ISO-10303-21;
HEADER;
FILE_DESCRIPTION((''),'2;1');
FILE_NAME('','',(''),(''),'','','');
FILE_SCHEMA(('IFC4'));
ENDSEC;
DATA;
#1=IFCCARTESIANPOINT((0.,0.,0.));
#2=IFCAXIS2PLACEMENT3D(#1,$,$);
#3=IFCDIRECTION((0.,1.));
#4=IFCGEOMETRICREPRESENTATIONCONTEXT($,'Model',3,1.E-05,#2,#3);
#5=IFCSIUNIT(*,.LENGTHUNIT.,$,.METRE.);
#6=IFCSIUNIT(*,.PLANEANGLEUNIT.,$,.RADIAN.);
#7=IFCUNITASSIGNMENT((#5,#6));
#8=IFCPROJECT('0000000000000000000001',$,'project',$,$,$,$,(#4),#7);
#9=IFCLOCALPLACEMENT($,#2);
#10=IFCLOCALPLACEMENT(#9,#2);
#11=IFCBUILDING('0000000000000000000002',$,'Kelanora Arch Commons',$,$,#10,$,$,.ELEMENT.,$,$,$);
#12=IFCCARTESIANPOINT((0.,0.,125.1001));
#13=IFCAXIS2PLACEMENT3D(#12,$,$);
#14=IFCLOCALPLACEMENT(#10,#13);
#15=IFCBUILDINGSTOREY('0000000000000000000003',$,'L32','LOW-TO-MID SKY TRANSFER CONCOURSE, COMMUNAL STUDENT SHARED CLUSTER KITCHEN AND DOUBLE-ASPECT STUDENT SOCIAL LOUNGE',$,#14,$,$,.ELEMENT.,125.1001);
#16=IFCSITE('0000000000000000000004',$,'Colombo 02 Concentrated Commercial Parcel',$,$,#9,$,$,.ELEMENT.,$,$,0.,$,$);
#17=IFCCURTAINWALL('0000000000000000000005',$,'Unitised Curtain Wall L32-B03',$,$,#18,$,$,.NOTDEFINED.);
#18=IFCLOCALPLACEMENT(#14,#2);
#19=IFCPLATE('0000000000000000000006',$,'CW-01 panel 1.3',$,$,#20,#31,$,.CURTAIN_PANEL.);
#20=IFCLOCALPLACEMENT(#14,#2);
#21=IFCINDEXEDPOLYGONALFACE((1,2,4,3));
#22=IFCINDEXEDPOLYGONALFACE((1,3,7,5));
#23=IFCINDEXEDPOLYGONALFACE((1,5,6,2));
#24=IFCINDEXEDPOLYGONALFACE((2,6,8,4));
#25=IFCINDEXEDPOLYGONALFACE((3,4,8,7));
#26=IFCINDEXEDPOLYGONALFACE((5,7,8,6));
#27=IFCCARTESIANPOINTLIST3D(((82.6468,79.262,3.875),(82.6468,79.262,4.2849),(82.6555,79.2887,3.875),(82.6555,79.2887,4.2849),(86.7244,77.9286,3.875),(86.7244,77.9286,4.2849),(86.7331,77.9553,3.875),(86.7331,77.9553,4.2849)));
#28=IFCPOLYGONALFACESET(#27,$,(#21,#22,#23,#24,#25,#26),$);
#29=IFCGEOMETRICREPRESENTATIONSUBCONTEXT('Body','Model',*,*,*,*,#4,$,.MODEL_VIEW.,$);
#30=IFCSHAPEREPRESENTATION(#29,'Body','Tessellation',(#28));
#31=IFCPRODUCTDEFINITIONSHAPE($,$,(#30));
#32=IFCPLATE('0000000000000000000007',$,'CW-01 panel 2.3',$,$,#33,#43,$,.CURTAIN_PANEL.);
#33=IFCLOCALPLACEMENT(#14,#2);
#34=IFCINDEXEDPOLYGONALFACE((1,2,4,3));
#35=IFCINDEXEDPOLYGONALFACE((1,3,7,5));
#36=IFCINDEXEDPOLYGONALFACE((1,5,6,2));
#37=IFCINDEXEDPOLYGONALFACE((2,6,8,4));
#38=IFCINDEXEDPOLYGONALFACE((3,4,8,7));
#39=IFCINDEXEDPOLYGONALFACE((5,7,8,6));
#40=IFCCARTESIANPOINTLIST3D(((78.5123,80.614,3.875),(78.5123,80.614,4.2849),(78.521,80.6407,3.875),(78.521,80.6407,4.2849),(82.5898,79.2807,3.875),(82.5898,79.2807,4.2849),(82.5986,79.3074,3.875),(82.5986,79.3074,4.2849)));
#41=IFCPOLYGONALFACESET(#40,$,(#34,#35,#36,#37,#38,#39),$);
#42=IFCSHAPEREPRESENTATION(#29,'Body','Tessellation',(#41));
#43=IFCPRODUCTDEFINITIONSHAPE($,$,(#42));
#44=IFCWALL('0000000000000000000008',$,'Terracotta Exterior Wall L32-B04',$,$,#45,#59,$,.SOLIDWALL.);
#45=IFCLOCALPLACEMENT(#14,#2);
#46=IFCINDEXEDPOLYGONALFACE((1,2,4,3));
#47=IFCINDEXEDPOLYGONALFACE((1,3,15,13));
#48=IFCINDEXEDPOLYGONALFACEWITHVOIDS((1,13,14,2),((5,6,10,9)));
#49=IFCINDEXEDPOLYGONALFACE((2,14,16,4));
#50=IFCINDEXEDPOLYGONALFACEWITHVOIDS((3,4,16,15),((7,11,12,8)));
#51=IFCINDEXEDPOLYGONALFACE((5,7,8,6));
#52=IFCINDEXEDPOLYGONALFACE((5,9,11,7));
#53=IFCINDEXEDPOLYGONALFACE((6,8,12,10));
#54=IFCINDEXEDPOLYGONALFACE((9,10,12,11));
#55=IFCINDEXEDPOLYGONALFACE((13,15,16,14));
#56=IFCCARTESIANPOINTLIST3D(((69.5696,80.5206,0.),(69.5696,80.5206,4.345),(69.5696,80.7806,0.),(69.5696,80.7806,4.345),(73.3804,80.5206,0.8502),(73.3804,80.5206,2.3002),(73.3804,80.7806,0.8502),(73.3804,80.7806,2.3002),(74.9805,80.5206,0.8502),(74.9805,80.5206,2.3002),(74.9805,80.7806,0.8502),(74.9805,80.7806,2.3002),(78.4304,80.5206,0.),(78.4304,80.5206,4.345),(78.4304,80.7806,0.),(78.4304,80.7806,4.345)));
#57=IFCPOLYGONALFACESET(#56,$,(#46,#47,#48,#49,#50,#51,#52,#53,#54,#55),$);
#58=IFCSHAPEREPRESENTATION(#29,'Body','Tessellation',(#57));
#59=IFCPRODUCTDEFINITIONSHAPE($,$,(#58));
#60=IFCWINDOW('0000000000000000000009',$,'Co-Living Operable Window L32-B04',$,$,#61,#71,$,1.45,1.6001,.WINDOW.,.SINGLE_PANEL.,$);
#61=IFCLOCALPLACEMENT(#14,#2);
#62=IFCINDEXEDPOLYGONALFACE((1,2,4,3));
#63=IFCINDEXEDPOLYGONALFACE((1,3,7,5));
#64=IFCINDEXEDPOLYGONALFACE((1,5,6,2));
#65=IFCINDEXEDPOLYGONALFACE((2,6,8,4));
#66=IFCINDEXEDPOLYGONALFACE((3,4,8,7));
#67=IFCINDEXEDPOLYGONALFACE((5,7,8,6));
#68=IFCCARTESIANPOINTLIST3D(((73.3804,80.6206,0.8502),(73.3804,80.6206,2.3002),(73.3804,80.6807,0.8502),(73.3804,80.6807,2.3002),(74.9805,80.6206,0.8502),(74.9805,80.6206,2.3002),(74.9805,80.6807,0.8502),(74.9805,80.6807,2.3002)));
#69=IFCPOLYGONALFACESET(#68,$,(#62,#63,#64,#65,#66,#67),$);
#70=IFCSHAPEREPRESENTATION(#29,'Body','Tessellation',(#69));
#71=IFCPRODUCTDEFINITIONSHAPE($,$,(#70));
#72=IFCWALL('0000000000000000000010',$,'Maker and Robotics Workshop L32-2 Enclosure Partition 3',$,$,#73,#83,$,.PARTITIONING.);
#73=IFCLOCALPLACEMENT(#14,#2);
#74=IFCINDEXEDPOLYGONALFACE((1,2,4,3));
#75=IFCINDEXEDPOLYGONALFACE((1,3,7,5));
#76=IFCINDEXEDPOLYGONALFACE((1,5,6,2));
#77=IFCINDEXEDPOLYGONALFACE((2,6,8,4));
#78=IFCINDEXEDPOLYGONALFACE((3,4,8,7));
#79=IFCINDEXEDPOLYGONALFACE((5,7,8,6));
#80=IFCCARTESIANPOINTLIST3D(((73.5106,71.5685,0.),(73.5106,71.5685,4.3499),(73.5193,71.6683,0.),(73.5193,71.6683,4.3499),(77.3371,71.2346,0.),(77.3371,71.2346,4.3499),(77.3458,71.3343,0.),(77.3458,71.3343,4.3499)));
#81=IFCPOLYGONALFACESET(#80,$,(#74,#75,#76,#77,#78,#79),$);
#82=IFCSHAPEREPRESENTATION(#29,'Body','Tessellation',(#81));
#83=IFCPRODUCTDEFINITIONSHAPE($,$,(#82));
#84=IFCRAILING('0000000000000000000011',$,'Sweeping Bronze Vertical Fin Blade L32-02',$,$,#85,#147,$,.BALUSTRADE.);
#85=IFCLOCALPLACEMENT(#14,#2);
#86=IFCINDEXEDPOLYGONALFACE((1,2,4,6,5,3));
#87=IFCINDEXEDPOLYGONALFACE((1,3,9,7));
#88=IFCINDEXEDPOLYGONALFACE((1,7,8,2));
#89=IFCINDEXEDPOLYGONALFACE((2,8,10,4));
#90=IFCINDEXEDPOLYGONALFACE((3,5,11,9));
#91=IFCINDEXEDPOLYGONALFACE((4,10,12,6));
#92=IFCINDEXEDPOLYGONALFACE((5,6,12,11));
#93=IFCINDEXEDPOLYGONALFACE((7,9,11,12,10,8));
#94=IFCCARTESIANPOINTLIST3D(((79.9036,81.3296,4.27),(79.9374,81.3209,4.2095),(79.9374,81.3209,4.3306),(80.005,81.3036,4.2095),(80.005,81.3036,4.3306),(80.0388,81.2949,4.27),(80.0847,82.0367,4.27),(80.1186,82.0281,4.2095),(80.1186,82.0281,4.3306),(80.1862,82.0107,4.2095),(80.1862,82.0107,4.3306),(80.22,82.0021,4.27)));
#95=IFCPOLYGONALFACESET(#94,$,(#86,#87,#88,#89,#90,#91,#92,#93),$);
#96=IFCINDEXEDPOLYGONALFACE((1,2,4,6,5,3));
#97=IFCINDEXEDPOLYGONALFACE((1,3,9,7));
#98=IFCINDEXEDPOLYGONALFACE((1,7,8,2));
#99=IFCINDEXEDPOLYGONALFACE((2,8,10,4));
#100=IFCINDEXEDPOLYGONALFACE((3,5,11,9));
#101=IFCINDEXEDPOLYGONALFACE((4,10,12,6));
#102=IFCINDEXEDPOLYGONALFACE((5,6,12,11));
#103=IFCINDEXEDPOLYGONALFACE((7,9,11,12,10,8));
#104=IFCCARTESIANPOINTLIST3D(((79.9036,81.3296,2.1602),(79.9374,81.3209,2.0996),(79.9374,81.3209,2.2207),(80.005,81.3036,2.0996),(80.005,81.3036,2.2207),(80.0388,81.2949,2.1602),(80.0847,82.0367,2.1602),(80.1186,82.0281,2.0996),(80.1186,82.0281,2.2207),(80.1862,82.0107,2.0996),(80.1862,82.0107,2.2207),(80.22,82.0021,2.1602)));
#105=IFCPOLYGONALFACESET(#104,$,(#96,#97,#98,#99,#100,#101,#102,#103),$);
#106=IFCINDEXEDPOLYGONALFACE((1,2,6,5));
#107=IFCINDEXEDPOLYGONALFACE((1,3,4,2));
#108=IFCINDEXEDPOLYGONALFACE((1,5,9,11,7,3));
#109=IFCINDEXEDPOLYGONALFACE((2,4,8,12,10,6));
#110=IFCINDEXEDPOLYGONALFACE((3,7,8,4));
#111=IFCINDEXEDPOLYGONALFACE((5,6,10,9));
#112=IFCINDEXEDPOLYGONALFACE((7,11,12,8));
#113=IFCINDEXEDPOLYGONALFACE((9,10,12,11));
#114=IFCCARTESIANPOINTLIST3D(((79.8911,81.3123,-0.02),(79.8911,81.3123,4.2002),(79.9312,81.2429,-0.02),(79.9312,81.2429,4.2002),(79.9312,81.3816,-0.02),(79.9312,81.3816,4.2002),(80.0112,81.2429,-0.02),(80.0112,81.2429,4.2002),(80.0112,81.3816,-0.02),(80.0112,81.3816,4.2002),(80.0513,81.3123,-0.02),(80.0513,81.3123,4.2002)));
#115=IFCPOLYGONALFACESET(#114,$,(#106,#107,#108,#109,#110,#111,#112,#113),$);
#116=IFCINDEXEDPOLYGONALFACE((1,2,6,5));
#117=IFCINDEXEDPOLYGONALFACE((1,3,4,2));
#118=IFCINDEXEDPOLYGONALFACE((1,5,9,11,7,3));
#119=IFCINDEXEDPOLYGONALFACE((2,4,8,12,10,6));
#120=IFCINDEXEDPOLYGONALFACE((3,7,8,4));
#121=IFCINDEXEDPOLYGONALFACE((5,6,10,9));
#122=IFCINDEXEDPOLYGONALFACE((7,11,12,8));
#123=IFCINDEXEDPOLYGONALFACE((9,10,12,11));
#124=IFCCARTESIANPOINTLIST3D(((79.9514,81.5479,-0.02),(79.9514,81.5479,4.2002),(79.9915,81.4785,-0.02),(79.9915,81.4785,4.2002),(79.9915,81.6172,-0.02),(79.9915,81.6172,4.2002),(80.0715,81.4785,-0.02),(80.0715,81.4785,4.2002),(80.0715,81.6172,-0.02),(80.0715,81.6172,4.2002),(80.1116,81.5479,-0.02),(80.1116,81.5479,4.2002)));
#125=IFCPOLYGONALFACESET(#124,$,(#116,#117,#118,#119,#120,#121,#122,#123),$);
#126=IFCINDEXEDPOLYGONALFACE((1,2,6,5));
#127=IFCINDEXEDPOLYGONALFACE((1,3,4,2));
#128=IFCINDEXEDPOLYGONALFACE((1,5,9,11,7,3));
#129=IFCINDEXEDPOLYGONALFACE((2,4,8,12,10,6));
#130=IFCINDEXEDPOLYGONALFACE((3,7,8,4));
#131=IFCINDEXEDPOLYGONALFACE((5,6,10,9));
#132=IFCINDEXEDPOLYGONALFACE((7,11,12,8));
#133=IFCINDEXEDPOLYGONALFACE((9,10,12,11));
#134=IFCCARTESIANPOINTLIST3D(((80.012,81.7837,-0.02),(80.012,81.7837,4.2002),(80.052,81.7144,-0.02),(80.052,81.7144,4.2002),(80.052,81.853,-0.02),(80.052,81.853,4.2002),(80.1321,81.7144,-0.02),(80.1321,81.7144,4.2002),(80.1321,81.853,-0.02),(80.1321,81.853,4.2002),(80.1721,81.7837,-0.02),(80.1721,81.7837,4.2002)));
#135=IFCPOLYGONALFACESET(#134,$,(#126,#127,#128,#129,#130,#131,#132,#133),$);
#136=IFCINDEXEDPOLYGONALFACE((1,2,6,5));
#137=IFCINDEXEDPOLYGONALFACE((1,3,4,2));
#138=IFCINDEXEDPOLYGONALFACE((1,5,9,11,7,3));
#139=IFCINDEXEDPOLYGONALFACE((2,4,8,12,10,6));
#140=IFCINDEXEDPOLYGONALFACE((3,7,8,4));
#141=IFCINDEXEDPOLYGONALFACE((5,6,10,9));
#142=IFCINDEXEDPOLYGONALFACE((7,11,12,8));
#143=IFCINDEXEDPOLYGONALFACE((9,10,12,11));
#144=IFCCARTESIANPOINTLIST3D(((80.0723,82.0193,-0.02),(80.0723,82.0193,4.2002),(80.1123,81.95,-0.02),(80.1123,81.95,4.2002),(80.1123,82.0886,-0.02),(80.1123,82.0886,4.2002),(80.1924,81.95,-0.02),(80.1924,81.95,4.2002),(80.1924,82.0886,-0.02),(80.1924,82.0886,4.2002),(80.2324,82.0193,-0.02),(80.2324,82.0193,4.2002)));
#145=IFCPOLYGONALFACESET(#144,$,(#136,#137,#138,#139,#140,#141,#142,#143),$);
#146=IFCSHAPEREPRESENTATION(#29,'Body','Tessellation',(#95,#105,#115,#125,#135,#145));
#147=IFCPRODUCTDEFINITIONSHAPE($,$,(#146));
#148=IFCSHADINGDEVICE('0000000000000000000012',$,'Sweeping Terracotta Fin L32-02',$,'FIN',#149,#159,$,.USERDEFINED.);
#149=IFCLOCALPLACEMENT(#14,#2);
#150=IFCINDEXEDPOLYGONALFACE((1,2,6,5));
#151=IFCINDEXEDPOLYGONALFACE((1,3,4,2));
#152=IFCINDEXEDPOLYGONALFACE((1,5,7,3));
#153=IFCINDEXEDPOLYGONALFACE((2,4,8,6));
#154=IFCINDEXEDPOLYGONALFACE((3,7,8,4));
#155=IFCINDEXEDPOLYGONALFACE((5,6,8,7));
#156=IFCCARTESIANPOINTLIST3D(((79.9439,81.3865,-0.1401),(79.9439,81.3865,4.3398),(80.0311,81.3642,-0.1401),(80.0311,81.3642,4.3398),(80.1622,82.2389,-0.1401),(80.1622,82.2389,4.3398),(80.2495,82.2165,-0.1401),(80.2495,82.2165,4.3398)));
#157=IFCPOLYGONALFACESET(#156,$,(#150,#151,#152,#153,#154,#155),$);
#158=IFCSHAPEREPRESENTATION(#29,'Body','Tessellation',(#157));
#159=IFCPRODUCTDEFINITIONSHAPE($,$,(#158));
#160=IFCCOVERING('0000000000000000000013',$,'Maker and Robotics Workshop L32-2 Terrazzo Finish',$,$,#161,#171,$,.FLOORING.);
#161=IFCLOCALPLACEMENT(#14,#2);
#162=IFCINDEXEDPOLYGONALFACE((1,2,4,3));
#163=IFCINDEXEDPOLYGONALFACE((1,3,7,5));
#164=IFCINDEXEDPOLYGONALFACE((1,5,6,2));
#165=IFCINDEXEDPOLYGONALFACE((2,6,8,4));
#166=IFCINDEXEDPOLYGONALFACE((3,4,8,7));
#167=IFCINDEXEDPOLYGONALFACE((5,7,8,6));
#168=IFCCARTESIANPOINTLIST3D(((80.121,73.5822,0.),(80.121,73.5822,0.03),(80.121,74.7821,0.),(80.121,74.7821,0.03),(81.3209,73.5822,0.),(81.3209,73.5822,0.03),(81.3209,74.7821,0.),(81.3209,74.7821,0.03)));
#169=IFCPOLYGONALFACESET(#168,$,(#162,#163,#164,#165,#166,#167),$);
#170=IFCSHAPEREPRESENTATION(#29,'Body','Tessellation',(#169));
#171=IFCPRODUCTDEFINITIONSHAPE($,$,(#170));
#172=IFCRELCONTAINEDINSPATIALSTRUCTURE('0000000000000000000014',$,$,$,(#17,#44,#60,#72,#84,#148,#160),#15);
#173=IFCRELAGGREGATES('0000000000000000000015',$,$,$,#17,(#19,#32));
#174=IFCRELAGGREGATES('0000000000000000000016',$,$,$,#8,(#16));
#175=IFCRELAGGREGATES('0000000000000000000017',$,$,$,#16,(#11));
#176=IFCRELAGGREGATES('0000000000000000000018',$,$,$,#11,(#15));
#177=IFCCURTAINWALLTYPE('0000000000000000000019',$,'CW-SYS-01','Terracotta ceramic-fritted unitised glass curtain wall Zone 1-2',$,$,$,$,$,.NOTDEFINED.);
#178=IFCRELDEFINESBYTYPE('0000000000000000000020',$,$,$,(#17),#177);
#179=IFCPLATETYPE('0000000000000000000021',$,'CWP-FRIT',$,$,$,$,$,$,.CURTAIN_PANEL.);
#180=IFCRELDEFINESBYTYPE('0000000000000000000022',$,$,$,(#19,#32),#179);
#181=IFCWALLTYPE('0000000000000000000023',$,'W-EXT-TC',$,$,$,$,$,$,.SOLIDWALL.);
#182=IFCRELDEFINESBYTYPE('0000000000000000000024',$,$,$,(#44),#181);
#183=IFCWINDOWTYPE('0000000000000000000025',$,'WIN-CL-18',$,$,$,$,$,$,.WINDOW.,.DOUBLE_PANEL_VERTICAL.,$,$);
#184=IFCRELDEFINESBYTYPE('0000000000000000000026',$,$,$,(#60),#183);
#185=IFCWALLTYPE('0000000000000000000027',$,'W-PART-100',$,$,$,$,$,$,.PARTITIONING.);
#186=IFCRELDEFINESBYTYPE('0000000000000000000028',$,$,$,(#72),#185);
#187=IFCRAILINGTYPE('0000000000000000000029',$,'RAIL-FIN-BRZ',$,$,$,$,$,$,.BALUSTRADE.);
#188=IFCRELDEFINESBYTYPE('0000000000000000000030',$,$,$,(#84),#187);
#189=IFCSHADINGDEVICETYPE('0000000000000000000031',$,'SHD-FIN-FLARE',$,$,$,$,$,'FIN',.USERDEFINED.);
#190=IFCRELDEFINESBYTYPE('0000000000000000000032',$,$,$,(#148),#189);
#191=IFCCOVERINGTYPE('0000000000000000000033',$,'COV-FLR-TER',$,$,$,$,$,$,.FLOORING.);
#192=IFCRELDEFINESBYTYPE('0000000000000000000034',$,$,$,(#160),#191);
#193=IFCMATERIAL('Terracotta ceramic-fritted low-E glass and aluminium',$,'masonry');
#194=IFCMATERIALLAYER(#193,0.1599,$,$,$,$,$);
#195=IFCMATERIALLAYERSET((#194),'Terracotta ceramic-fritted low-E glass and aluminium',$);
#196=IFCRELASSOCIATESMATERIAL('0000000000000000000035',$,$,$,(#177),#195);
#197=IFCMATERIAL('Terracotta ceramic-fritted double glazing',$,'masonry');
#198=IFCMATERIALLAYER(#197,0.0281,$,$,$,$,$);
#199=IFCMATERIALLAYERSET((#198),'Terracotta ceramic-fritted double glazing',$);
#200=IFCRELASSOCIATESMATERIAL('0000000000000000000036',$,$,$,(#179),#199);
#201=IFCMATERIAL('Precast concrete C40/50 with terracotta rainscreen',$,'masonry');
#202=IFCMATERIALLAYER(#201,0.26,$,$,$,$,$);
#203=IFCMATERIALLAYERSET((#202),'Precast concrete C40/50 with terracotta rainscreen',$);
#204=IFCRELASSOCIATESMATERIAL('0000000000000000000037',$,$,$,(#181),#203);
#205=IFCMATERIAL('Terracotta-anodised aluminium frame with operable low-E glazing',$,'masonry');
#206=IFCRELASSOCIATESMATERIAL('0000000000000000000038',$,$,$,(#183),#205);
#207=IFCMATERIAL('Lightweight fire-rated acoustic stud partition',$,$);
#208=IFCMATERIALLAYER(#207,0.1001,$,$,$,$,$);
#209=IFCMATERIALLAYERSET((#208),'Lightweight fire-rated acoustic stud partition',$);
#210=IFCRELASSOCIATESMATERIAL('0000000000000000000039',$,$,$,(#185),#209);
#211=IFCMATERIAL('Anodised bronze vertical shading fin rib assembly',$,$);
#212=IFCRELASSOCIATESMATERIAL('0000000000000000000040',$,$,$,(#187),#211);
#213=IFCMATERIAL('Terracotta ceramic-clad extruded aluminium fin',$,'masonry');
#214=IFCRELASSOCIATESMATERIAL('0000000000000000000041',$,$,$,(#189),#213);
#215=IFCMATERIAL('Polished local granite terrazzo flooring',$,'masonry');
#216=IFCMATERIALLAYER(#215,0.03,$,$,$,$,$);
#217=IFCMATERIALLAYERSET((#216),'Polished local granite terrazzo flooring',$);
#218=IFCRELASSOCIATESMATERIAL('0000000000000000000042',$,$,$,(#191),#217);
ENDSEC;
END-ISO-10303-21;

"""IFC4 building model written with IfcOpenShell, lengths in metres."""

from ifc_helpers import new_model, si_unit, direction, frame, frame_2d, origin, origin_2d, place, context, subcontext, project, spatial, polyline, rectangle, outline, extrude, source, transform, mapped, material, layer, layer_set, type_object, element, fill, aggregate, save


model = new_model("IFC4")

# Units and contexts
model_context = context("Model", 3, precision=1e-05, world=origin(), true_north=direction((0.0, 1.0)))
body_context = subcontext(model_context, "Body", "Model", "MODEL_VIEW")
ifc_project = project(units=[si_unit("LENGTHUNIT", "METRE"), si_unit("PLANEANGLEUNIT", "RADIAN")], contexts=[model_context])

# Site, building, storey
site_placement = place(None, origin())
site = spatial("IfcSite", under=ifc_project, at=site_placement, Name="Colombo 02 Concentrated Commercial Parcel", CompositionType="ELEMENT", RefElevation=0.0)
building_placement = place(site_placement, origin())
building = spatial("IfcBuilding", under=site, at=building_placement, Name="Kelanora Arch Commons", CompositionType="ELEMENT")
storey_placement = place(building_placement, frame((0.0, 0.0, 125.1001)))
storey = spatial("IfcBuildingStorey", under=building, at=storey_placement, Name="L32", Description="LOW-TO-MID SKY TRANSFER CONCOURSE, COMMUNAL STUDENT SHARED CLUSTER KITCHEN AND DOUBLE-ASPECT STUDENT SOCIAL LOUNGE", CompositionType="ELEMENT", Elevation=125.1001)

# Curtain wall, plates
ifc_material_1 = material(Name="Terracotta ceramic-fritted low-E glass and aluminium", Category="masonry")
ifc_layer_1 = layer(ifc_material_1, 0.1599)
ifc_layer_set_1 = layer_set([ifc_layer_1], Name="Terracotta ceramic-fritted low-E glass and aluminium")
curtain_wall_type = type_object("IfcCurtainWallType", Name="CW-SYS-01", Description="Terracotta ceramic-fritted unitised glass curtain wall Zone 1-2", PredefinedType="NOTDEFINED", material=ifc_layer_set_1)
curtain_wall_placement = place(storey_placement, origin())
curtain_wall = element("IfcCurtainWall", 1, at=curtain_wall_placement, inside=storey, type_object=curtain_wall_type, Name="Unitised Curtain Wall L32-B03", PredefinedType="NOTDEFINED")
ifc_material_2 = material(Name="Terracotta ceramic-fritted double glazing", Category="masonry")
ifc_layer_2 = layer(ifc_material_2, 0.0281)
ifc_layer_set_2 = layer_set([ifc_layer_2], Name="Terracotta ceramic-fritted double glazing")
plate_type = type_object("IfcPlateType", Name="CWP-FRIT", PredefinedType="CURTAIN_PANEL", material=ifc_layer_set_2)
shared_shape_1 = source(origin(), body_context, "Body", "SweptSolid", [
    extrude(rectangle(XDim=4.29, YDim=0.0281, at=origin_2d()), origin(), (0.0, 0.0, 1.0), 0.4099),
])
plate_1_placement = place(storey_placement, frame((84.6899, 78.6086, 3.875), z_axis=(0.0, 0.0, 1.0), x_axis=(-0.950474, 0.310805, 0.0)))
plate_1 = element("IfcPlate", 2, at=plate_1_placement, type_object=plate_type, Name="CW-01 panel 1.3", PredefinedType="CURTAIN_PANEL", context=body_context, shape_type="MappedRepresentation", body=[
    mapped(shared_shape_1, transform((0.0, 0.0, 0.0), scale=1.0)),
])
plate_2_placement = place(storey_placement, frame((80.5554, 79.9607, 3.875), z_axis=(0.0, 0.0, 1.0), x_axis=(-0.950474, 0.310805, 0.0)))
plate_2 = element("IfcPlate", 3, at=plate_2_placement, type_object=plate_type, Name="CW-01 panel 2.3", PredefinedType="CURTAIN_PANEL", context=body_context, shape_type="MappedRepresentation", body=[
    mapped(shared_shape_1, transform((0.0, 0.0, 0.0), scale=1.0)),
])
aggregate(curtain_wall, [plate_1, plate_2])

# Wall, opening, window
ifc_material_3 = material(Name="Precast concrete C40/50 with terracotta rainscreen", Category="masonry")
ifc_layer_3 = layer(ifc_material_3, 0.26)
ifc_layer_set_3 = layer_set([ifc_layer_3], Name="Precast concrete C40/50 with terracotta rainscreen")
wall_type_1 = type_object("IfcWallType", Name="W-EXT-TC", PredefinedType="SOLIDWALL", material=ifc_layer_set_3)
wall_1_placement = place(storey_placement, frame((78.4304, 80.6506, 0.0), z_axis=(0.0, 0.0, 1.0), x_axis=(-1.0, 0.0, 0.0)))
wall_1 = element("IfcWall", 4, at=wall_1_placement, inside=storey, type_object=wall_type_1, Name="Terracotta Exterior Wall L32-B04", PredefinedType="SOLIDWALL", context=body_context, shape_type="SweptSolid", body=[
    extrude(rectangle(XDim=8.8608, YDim=0.26, at=frame_2d((4.4304, 0.0))), origin(), (0.0, 0.0, 1.0), 4.345),
])
opening_placement = place(wall_1_placement, frame((3.45, 0.0, 0.8501)))
opening = element("IfcOpeningElement", 5, at=opening_placement, cuts=wall_1, PredefinedType="OPENING", context=body_context, shape_type="SweptSolid", body=[
    extrude(rectangle(XDim=1.6001, YDim=1.45, at=frame_2d((0.8, 0.7251))), frame((0.0, 0.1401, 0.0), z_axis=(0.0, -1.0, 0.0), x_axis=(1.0, 0.0, 0.0)), (0.0, 0.0, 1.0), 0.28),
])
ifc_material_4 = material(Name="Terracotta-anodised aluminium frame with operable low-E glazing", Category="masonry")
window_type = type_object("IfcWindowType", Name="WIN-CL-18", PartitioningType="DOUBLE_PANEL_VERTICAL", PredefinedType="WINDOW", material=ifc_material_4)
window_placement = place(opening_placement, origin())
window = element("IfcWindow", 6, at=window_placement, inside=storey, type_object=window_type, Name="Co-Living Operable Window L32-B04", OverallHeight=1.45, OverallWidth=1.6001, PartitioningType="SINGLE_PANEL", PredefinedType="WINDOW", context=body_context, shape_type="SweptSolid", body=[
    extrude(rectangle(XDim=1.6001, YDim=1.45, at=frame_2d((0.8, 0.7251))), frame((0.0, 0.03, 0.0), z_axis=(0.0, -1.0, 0.0), x_axis=(1.0, 0.0, 0.0)), (0.0, 0.0, 1.0), 0.0601),
])
fill(opening, window)

# Wall
ifc_material_5 = material(Name="Lightweight fire-rated acoustic stud partition")
ifc_layer_4 = layer(ifc_material_5, 0.1001)
ifc_layer_set_4 = layer_set([ifc_layer_4], Name="Lightweight fire-rated acoustic stud partition")
wall_type_2 = type_object("IfcWallType", Name="W-PART-100", PredefinedType="PARTITIONING", material=ifc_layer_set_4)
wall_2_placement = place(storey_placement, frame((77.3413, 71.2844, 0.0), z_axis=(0.0, 0.0, 1.0), x_axis=(-0.996212, 0.086953, 0.0)))
element("IfcWall", 7, at=wall_2_placement, inside=storey, type_object=wall_type_2, Name="Maker and Robotics Workshop L32-2 Enclosure Partition 3", PredefinedType="PARTITIONING", context=body_context, shape_type="SweptSolid", body=[
    extrude(rectangle(XDim=3.8411, YDim=0.1001, at=frame_2d((1.9204, 0.0))), origin(), (0.0, 0.0, 1.0), 4.3499),
])

# Railing
ifc_material_6 = material(Name="Anodised bronze vertical shading fin rib assembly")
railing_type = type_object("IfcRailingType", Name="RAIL-FIN-BRZ", PredefinedType="BALUSTRADE", material=ifc_material_6)
railing_placement = place(storey_placement, frame((79.9712, 81.3123, -0.02)))
element("IfcRailing", 8, at=railing_placement, inside=storey, type_object=railing_type, Name="Sweeping Bronze Vertical Fin Blade L32-02", PredefinedType="BALUSTRADE", context=body_context, shape_type="SweptSolid", body=[
    extrude(outline(polyline([(0.0698, 0.0), (0.0349, 0.0605), (-0.0349, 0.0605), (-0.0698, 0.0), (-0.0349, -0.0605), (0.0349, -0.0605), (0.0698, 0.0)])), frame((0.0, 0.0, 4.29), z_axis=(0.248198, 0.968709, 0.0), x_axis=(-0.968709, 0.248198, 0.0)), (0.0, 0.0, 1.0), 0.73),
    extrude(outline(polyline([(0.0698, 0.0), (0.0349, 0.0605), (-0.0349, 0.0605), (-0.0698, 0.0), (-0.0349, -0.0605), (0.0349, -0.0605), (0.0698, 0.0)])), frame((0.0, 0.0, 2.1802), z_axis=(0.248198, 0.968709, 0.0), x_axis=(-0.968709, 0.248198, 0.0)), (0.0, 0.0, 1.0), 0.73),
    extrude(outline(polyline([(0.0801, 0.0), (0.04, 0.0693), (-0.04, 0.0693), (-0.0801, 0.0), (-0.04, -0.0693), (0.04, -0.0693), (0.0801, 0.0)])), origin(), (0.0, 0.0, 1.0), 4.2202),
    extrude(outline(polyline([(0.0801, 0.0), (0.04, 0.0693), (-0.04, 0.0693), (-0.0801, 0.0), (-0.04, -0.0693), (0.04, -0.0693), (0.0801, 0.0)])), frame((0.0603, 0.2356, 0.0)), (0.0, 0.0, 1.0), 4.2202),
    extrude(outline(polyline([(0.0801, 0.0), (0.04, 0.0693), (-0.04, 0.0693), (-0.0801, 0.0), (-0.04, -0.0693), (0.04, -0.0693), (0.0801, 0.0)])), frame((0.1208, 0.4714, 0.0)), (0.0, 0.0, 1.0), 4.2202),
    extrude(outline(polyline([(0.0801, 0.0), (0.04, 0.0693), (-0.04, 0.0693), (-0.0801, 0.0), (-0.04, -0.0693), (0.04, -0.0693), (0.0801, 0.0)])), frame((0.1812, 0.707, 0.0)), (0.0, 0.0, 1.0), 4.2202),
])

# Shading device
ifc_material_7 = material(Name="Terracotta ceramic-clad extruded aluminium fin", Category="masonry")
shading_device_type = type_object("IfcShadingDeviceType", Name="SHD-FIN-FLARE", ElementType="FIN", PredefinedType="USERDEFINED", material=ifc_material_7)
shared_shape_2 = source(origin(), body_context, "Body", "SweptSolid", [
    extrude(rectangle(XDim=0.8799, YDim=0.0901, at=origin_2d()), origin(), (0.0, 0.0, 1.0), 4.48),
])
shading_device_placement = place(storey_placement, frame((80.0967, 81.8015, -0.1401), z_axis=(0.0, 0.0, 1.0), x_axis=(0.248183, 0.968713, 0.0)))
element("IfcShadingDevice", 9, at=shading_device_placement, inside=storey, type_object=shading_device_type, Name="Sweeping Terracotta Fin L32-02", ObjectType="FIN", PredefinedType="USERDEFINED", context=body_context, shape_type="MappedRepresentation", body=[
    mapped(shared_shape_2, transform((0.0, 0.0, 0.0), scale=1.0)),
])

# Covering
ifc_material_8 = material(Name="Polished local granite terrazzo flooring", Category="masonry")
ifc_layer_5 = layer(ifc_material_8, 0.03)
ifc_layer_set_5 = layer_set([ifc_layer_5], Name="Polished local granite terrazzo flooring")
covering_type = type_object("IfcCoveringType", Name="COV-FLR-TER", PredefinedType="FLOORING", material=ifc_layer_set_5)
shared_shape_3 = source(origin(), body_context, "Body", "SweptSolid", [
    extrude(rectangle(XDim=1.2, YDim=1.2, at=origin_2d()), origin(), (0.0, 0.0, 1.0), 0.03),
])
covering_placement = place(storey_placement, frame((80.7209, 74.1821, 0.0), z_axis=(0.0, 0.0, 1.0), x_axis=(1.0, 0.0, 0.0)))
element("IfcCovering", 10, at=covering_placement, inside=storey, type_object=covering_type, Name="Maker and Robotics Workshop L32-2 Terrazzo Finish", PredefinedType="FLOORING", context=body_context, shape_type="MappedRepresentation", body=[
    mapped(shared_shape_3, transform((0.0, 0.0, 0.0), scale=1.0)),
])

save(model, "model.ifc")
